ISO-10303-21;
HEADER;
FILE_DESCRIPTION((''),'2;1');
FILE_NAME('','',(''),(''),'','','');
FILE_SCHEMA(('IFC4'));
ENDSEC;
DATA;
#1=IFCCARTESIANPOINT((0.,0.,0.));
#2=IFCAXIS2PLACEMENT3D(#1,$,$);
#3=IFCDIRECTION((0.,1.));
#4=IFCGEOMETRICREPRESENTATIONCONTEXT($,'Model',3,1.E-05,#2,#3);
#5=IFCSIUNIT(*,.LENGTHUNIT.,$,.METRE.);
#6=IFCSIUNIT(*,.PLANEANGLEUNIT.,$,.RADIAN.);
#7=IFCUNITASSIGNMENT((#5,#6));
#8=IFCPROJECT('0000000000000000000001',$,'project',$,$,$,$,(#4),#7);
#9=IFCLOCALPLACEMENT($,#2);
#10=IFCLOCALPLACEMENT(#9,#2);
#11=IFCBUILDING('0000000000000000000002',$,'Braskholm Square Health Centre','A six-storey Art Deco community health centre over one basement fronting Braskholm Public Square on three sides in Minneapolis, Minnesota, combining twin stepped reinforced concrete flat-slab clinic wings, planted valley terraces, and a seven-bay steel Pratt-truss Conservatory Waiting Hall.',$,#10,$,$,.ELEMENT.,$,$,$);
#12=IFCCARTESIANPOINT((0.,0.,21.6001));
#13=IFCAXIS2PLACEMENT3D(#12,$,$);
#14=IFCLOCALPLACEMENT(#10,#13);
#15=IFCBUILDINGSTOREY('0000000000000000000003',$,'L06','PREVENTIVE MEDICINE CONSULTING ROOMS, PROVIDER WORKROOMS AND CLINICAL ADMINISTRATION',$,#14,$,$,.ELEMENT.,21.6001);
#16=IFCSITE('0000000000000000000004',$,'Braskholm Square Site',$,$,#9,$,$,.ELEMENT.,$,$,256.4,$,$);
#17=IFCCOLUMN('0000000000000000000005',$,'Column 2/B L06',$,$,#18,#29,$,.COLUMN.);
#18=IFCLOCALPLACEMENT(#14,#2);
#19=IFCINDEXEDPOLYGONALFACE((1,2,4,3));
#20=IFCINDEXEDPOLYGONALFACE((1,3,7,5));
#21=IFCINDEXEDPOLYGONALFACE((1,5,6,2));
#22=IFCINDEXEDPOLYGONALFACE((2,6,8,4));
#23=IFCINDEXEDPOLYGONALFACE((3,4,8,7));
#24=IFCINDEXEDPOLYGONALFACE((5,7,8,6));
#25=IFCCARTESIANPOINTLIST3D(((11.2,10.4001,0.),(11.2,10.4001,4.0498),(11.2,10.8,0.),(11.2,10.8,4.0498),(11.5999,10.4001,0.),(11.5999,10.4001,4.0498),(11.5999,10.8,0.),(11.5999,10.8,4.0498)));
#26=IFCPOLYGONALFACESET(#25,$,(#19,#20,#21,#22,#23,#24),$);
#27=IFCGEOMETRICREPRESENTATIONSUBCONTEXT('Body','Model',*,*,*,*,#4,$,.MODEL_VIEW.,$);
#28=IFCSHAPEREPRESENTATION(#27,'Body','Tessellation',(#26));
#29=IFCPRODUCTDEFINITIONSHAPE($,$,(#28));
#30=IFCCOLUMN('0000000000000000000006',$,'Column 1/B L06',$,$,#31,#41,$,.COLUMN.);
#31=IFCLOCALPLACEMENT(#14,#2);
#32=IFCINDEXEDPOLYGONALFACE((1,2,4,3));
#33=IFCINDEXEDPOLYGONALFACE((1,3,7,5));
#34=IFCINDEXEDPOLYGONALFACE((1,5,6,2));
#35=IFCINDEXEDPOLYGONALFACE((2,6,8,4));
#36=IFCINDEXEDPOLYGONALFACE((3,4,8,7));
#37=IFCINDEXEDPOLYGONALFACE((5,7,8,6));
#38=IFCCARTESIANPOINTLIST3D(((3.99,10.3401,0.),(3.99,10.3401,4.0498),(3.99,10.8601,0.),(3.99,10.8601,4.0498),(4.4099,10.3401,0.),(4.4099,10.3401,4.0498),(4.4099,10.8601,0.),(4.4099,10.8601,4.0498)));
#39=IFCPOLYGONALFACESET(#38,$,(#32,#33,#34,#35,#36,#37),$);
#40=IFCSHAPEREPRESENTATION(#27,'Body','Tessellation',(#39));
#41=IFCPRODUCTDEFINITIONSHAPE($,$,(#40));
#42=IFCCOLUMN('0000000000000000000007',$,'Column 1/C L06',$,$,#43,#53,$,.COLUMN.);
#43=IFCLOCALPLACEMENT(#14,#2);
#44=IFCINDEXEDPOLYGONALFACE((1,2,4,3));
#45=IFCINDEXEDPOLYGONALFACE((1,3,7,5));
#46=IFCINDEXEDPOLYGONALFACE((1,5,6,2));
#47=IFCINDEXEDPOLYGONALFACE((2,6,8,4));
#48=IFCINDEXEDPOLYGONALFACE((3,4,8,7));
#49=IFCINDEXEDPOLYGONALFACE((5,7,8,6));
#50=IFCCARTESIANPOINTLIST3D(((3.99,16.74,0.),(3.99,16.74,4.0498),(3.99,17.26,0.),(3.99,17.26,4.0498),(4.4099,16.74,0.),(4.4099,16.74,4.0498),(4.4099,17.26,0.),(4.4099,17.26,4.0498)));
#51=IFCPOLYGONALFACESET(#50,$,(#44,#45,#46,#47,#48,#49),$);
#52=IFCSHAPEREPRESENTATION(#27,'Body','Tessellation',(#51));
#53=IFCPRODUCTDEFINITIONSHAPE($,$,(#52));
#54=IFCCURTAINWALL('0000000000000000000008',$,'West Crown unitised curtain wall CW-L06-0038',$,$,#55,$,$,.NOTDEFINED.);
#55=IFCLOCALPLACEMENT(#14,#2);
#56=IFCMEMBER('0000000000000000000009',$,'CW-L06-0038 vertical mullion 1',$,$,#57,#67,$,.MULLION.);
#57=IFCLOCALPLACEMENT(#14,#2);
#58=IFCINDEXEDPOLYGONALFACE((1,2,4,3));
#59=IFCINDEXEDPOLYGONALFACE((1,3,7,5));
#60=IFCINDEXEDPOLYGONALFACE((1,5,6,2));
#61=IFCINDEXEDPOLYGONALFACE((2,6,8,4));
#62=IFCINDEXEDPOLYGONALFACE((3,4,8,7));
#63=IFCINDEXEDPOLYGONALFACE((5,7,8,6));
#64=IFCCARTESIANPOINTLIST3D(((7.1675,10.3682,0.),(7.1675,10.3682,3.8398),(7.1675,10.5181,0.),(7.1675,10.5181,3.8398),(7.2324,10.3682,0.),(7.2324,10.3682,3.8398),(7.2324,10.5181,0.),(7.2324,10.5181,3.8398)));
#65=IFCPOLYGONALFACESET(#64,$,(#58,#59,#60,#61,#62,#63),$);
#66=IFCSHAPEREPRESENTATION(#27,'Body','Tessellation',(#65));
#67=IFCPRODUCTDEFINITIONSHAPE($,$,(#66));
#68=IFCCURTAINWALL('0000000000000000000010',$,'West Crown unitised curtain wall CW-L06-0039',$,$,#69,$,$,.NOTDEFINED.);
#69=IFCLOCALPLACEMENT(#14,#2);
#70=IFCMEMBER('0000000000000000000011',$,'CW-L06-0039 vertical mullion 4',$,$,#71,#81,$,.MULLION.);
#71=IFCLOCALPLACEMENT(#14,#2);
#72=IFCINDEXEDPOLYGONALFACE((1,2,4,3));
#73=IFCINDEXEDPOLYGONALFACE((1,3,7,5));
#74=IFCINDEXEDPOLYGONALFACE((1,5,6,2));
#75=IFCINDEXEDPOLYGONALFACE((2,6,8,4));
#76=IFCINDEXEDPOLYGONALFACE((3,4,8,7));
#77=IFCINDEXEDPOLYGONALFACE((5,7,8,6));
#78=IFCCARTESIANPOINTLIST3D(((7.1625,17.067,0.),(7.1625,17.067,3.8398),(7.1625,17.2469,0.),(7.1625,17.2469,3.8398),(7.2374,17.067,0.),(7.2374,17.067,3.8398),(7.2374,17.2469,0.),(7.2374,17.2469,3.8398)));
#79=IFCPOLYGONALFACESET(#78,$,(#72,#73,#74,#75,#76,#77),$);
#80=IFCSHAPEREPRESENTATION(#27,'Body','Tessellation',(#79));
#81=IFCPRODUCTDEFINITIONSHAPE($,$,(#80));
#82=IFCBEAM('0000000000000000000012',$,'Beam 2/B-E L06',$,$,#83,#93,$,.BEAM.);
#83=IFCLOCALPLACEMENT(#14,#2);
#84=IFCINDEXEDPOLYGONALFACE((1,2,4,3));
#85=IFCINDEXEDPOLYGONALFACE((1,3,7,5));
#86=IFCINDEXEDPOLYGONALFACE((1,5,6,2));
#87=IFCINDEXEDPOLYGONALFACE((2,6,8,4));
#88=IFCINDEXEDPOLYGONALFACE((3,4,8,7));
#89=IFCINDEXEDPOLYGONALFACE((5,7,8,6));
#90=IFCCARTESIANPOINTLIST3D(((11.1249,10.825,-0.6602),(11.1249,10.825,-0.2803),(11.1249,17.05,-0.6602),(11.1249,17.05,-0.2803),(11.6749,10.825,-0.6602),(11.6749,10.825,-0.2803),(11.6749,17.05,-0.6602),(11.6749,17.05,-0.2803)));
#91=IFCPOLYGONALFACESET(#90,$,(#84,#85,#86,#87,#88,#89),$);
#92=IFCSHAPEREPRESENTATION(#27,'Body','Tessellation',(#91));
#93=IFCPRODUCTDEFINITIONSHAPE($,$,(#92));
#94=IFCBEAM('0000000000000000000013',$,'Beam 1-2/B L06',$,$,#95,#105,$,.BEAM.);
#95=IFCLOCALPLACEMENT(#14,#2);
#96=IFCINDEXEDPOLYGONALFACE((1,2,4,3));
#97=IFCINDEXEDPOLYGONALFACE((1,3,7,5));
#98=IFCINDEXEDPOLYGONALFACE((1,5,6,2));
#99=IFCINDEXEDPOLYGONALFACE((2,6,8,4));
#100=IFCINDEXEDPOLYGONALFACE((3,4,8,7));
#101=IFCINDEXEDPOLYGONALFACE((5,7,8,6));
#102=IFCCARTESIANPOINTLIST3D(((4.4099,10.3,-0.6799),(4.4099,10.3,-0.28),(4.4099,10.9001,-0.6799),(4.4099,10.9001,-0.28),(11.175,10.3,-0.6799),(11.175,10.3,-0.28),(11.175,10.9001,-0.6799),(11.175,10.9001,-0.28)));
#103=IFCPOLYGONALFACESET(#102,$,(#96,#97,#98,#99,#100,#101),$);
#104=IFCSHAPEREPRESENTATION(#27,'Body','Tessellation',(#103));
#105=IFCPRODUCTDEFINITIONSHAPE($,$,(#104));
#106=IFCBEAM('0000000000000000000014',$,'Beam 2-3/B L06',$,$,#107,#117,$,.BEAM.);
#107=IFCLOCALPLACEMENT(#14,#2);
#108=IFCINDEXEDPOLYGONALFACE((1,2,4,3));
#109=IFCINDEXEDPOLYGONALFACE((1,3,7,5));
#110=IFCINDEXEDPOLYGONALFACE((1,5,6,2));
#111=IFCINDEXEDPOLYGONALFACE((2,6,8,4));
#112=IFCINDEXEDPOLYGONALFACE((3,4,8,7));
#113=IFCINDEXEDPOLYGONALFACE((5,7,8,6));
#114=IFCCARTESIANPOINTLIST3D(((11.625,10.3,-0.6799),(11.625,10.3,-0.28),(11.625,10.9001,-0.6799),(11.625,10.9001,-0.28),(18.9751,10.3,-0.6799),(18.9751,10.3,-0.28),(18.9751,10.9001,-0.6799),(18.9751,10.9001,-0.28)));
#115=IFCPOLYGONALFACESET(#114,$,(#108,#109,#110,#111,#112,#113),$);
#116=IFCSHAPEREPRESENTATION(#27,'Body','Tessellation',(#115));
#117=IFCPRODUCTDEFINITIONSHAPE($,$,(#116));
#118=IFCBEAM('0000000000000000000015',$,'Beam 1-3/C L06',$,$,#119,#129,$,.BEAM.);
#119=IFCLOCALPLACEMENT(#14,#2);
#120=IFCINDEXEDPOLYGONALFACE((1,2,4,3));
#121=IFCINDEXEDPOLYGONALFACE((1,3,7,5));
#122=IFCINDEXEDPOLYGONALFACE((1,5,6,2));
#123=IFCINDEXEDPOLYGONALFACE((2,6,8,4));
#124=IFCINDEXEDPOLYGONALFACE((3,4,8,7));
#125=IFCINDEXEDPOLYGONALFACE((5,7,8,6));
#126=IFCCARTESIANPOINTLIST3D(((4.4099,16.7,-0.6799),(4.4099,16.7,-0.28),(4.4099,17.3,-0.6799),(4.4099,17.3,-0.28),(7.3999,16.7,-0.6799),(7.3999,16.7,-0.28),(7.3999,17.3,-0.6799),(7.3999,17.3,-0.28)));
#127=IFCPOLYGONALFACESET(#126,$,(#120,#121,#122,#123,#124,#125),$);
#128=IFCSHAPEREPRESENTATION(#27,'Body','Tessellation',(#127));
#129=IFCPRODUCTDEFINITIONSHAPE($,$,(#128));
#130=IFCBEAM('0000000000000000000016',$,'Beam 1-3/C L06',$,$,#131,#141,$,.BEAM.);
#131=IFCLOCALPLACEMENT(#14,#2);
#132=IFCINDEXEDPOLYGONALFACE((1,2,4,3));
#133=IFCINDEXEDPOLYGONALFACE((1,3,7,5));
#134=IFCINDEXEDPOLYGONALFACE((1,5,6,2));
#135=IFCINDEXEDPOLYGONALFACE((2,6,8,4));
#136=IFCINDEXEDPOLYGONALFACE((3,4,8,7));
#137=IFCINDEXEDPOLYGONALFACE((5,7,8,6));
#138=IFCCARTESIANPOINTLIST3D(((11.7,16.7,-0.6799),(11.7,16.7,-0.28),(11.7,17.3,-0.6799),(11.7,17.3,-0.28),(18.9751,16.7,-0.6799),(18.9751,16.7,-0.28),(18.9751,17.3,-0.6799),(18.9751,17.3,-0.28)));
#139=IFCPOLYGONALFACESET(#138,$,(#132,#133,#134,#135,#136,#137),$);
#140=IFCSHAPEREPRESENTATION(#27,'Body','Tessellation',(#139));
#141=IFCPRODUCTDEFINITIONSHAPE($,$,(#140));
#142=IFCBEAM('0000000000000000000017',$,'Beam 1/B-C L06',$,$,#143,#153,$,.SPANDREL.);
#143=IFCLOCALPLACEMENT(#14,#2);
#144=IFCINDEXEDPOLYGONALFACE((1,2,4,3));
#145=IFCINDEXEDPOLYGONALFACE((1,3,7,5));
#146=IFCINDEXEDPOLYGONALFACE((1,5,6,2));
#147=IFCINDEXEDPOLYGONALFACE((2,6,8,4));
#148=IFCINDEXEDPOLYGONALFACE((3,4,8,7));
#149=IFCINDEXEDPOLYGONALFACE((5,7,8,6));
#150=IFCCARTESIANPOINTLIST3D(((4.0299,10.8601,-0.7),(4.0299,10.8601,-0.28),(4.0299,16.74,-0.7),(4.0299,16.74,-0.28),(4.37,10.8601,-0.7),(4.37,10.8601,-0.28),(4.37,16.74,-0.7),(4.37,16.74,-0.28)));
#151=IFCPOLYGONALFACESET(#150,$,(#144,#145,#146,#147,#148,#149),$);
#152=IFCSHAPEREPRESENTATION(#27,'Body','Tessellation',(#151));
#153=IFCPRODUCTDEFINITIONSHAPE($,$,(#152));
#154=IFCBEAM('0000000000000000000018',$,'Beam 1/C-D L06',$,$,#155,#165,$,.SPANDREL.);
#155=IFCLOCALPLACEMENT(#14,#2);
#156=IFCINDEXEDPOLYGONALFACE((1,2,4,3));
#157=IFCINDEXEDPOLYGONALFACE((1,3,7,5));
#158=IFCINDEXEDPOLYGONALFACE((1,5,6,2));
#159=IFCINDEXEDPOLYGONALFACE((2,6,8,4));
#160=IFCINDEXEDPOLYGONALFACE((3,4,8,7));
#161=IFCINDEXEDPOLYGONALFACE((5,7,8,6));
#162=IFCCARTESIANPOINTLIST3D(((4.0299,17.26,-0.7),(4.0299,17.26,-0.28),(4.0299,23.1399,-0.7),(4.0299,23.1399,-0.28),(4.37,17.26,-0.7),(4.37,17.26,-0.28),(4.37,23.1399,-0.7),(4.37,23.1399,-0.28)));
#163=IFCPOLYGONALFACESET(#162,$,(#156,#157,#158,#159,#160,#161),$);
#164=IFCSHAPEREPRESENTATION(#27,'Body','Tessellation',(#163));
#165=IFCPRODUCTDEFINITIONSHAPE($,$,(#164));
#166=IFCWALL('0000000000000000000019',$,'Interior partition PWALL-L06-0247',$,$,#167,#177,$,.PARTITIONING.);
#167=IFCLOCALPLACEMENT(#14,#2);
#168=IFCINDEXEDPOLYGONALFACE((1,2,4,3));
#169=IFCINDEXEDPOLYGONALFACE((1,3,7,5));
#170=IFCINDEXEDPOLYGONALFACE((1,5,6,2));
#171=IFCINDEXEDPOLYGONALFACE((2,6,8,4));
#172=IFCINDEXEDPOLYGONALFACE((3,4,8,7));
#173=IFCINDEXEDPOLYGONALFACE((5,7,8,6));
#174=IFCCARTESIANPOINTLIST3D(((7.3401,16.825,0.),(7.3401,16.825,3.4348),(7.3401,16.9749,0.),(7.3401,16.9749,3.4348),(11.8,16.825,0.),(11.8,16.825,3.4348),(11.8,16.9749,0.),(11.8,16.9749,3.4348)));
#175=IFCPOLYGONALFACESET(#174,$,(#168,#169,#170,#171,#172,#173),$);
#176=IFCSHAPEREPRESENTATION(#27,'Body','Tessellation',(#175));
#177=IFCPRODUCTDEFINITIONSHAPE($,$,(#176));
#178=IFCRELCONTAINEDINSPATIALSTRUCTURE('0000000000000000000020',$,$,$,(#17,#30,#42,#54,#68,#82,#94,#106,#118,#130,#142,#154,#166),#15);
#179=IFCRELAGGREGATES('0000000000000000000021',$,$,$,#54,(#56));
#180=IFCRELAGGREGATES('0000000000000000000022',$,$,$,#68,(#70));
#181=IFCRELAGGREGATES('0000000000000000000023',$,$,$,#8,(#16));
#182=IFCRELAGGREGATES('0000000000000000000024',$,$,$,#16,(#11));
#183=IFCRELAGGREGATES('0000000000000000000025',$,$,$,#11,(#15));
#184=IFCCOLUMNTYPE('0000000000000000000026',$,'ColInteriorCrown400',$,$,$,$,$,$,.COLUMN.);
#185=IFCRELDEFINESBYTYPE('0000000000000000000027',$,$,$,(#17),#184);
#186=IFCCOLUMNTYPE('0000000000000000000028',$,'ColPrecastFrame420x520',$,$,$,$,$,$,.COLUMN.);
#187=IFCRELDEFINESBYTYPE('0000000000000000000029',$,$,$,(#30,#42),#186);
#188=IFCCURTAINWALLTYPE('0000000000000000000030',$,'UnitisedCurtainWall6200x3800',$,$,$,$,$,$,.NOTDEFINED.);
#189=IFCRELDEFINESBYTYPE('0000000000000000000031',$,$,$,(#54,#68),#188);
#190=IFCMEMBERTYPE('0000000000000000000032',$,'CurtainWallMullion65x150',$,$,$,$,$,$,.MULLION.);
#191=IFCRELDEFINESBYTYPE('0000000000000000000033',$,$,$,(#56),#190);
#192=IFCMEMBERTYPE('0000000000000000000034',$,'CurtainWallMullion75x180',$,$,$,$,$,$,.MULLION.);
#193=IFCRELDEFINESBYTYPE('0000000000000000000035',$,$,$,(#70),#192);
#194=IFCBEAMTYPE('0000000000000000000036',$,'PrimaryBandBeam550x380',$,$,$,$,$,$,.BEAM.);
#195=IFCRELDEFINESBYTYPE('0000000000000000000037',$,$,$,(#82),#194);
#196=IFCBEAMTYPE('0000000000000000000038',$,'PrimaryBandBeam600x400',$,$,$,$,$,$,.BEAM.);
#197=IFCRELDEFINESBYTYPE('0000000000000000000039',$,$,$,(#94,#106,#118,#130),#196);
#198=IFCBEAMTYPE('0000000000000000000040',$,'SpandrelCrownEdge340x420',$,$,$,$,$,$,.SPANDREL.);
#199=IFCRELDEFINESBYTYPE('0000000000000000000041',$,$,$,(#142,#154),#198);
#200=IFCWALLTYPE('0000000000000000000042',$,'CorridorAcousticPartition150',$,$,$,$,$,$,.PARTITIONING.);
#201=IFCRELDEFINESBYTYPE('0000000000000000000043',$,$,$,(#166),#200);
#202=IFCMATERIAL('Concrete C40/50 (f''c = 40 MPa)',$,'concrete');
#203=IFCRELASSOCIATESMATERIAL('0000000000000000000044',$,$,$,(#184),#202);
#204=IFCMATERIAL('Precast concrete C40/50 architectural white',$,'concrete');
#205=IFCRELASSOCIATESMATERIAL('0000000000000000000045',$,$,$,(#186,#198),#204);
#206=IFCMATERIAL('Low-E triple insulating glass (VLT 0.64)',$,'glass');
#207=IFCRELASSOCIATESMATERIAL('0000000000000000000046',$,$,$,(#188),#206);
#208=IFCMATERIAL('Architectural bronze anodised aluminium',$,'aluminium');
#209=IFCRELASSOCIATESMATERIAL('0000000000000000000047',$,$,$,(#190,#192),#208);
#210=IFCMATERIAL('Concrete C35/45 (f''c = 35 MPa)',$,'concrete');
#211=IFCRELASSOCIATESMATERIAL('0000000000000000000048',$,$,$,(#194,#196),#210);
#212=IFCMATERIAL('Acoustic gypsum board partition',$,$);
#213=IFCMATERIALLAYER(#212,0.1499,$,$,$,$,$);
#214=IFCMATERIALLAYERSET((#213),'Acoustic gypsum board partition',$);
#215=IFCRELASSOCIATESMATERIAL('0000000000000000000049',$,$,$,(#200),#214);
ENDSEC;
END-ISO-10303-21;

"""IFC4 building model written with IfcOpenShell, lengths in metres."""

from ifc_helpers import new_model, si_unit, direction, frame, frame_2d, origin, origin_2d, place, context, subcontext, project, spatial, rectangle, extrude, material, layer, layer_set, material_profile, profile_set, type_object, element, aggregate, save


model = new_model("IFC4")

# Units and contexts
model_context = context("Model", 3, precision=1e-05, world=origin(), true_north=direction((0.0, 1.0)))
body_context = subcontext(model_context, "Body", "Model", "MODEL_VIEW")
ifc_project = project(units=[si_unit("LENGTHUNIT", "METRE"), si_unit("PLANEANGLEUNIT", "RADIAN")], contexts=[model_context])

# Site, building, storey
site_placement = place(None, origin())
site = spatial("IfcSite", under=ifc_project, at=site_placement, Name="Braskholm Square Site", CompositionType="ELEMENT", RefElevation=256.4)
building_placement = place(site_placement, origin())
building = spatial("IfcBuilding", under=site, at=building_placement, Name="Braskholm Square Health Centre", Description="A six-storey Art Deco community health centre over one basement fronting Braskholm Public Square on three sides in Minneapolis, Minnesota, combining twin stepped reinforced concrete flat-slab clinic wings, planted valley terraces, and a seven-bay steel Pratt-truss Conservatory Waiting Hall.", CompositionType="ELEMENT")
storey_placement = place(building_placement, frame((0.0, 0.0, 21.6001)))
storey = spatial("IfcBuildingStorey", under=building, at=storey_placement, Name="L06", Description="PREVENTIVE MEDICINE CONSULTING ROOMS, PROVIDER WORKROOMS AND CLINICAL ADMINISTRATION", CompositionType="ELEMENT", Elevation=21.6001)

# Columns
ifc_material_1 = material(Name="Concrete C40/50 (f'c = 40 MPa)", Category="concrete")
ifc_material_profile_1 = material_profile(ifc_material_1, rectangle(XDim=0.3999, YDim=0.3999, at=origin_2d()), Name="RC-400X400")
ifc_profile_set_1 = profile_set([ifc_material_profile_1], Name="Concrete C40/50 (f'c = 40 MPa)")
column_type_1 = type_object("IfcColumnType", Name="ColInteriorCrown400", PredefinedType="COLUMN", material=ifc_profile_set_1)
column_placement = place(storey_placement, frame((11.3999, 10.6001, 0.0), z_axis=(0.0, 0.0, 1.0), x_axis=(1.0, 0.0, 0.0)))
element("IfcColumn", 1, at=column_placement, inside=storey, type_object=column_type_1, Name="Column 2/B L06", PredefinedType="COLUMN", context=body_context, shape_type="SweptSolid", body=[
    extrude(rectangle(XDim=0.3999, YDim=0.3999, at=origin_2d()), origin(), (0.0, 0.0, 1.0), 4.0498),
])
ifc_material_2 = material(Name="Precast concrete C40/50 architectural white", Category="concrete")
ifc_material_profile_2 = material_profile(ifc_material_2, rectangle(XDim=0.4199, YDim=0.52, at=origin_2d()), Name="RC-420X520")
ifc_profile_set_2 = profile_set([ifc_material_profile_2], Name="Precast concrete C40/50 architectural white")
column_type_2 = type_object("IfcColumnType", Name="ColPrecastFrame420x520", PredefinedType="COLUMN", material=ifc_profile_set_2)
for number, where, z_axis, x_axis, name in (
    (2, (4.2, 10.6001, 0.0), (0.0, 0.0, 1.0), (1.0, 0.0, 0.0), "Column 1/B L06"),
    (3, (4.2, 17.0, 0.0), (0.0, 0.0, 1.0), (1.0, 0.0, 0.0), "Column 1/C L06"),
):
    element("IfcColumn", number, at=place(storey_placement, frame(where, z_axis=z_axis, x_axis=x_axis)), inside=storey, type_object=column_type_2, Name=name, PredefinedType="COLUMN", context=body_context, shape_type="SweptSolid", body=[
        extrude(rectangle(XDim=0.4199, YDim=0.52, at=origin_2d()), origin(), (0.0, 0.0, 1.0), 4.0498),
    ])

# Curtain walls, members
ifc_material_3 = material(Name="Low-E triple insulating glass (VLT 0.64)", Category="glass")
curtain_wall_type = type_object("IfcCurtainWallType", Name="UnitisedCurtainWall6200x3800", PredefinedType="NOTDEFINED", material=ifc_material_3)
curtain_wall_1_placement = place(storey_placement, origin())
curtain_wall_1 = element("IfcCurtainWall", 4, at=curtain_wall_1_placement, inside=storey, type_object=curtain_wall_type, Name="West Crown unitised curtain wall CW-L06-0038", PredefinedType="NOTDEFINED")
ifc_material_4 = material(Name="Architectural bronze anodised aluminium", Category="aluminium")
ifc_material_profile_3 = material_profile(ifc_material_4, rectangle(XDim=0.0649, YDim=0.1499, at=origin_2d()), Name="ALU-65X150")
ifc_profile_set_3 = profile_set([ifc_material_profile_3], Name="Architectural bronze anodised aluminium")
member_type_1 = type_object("IfcMemberType", Name="CurtainWallMullion65x150", PredefinedType="MULLION", material=ifc_profile_set_3)
member_1_placement = place(storey_placement, frame((7.2, 10.4431, 0.0), z_axis=(0.0, 0.0, 1.0), x_axis=(1.0, 0.0, 0.0)))
member_1 = element("IfcMember", 5, at=member_1_placement, type_object=member_type_1, Name="CW-L06-0038 vertical mullion 1", PredefinedType="MULLION", context=body_context, shape_type="SweptSolid", body=[
    extrude(rectangle(XDim=0.0649, YDim=0.1499, at=origin_2d()), origin(), (0.0, 0.0, 1.0), 3.8398),
])
aggregate(curtain_wall_1, [member_1])
curtain_wall_2_placement = place(storey_placement, origin())
curtain_wall_2 = element("IfcCurtainWall", 6, at=curtain_wall_2_placement, inside=storey, type_object=curtain_wall_type, Name="West Crown unitised curtain wall CW-L06-0039", PredefinedType="NOTDEFINED")
ifc_material_profile_4 = material_profile(ifc_material_4, rectangle(XDim=0.075, YDim=0.1799, at=origin_2d()), Name="ALU-75X180")
ifc_profile_set_4 = profile_set([ifc_material_profile_4], Name="Architectural bronze anodised aluminium")
member_type_2 = type_object("IfcMemberType", Name="CurtainWallMullion75x180", PredefinedType="MULLION", material=ifc_profile_set_4)
member_2_placement = place(storey_placement, frame((7.2, 17.157, 0.0), z_axis=(0.0, 0.0, 1.0), x_axis=(1.0, 0.0, 0.0)))
member_2 = element("IfcMember", 7, at=member_2_placement, type_object=member_type_2, Name="CW-L06-0039 vertical mullion 4", PredefinedType="MULLION", context=body_context, shape_type="SweptSolid", body=[
    extrude(rectangle(XDim=0.075, YDim=0.1799, at=origin_2d()), origin(), (0.0, 0.0, 1.0), 3.8398),
])
aggregate(curtain_wall_2, [member_2])

# Beams
ifc_material_5 = material(Name="Concrete C35/45 (f'c = 35 MPa)", Category="concrete")
ifc_material_profile_5 = material_profile(ifc_material_5, rectangle(XDim=0.55, YDim=0.3799, at=origin_2d()), Name="RCB-550X380")
ifc_profile_set_5 = profile_set([ifc_material_profile_5], Name="Concrete C35/45 (f'c = 35 MPa)")
beam_type_1 = type_object("IfcBeamType", Name="PrimaryBandBeam550x380", PredefinedType="BEAM", material=ifc_profile_set_5)
beam_1_placement = place(storey_placement, frame((11.3999, 10.825, -0.4702), z_axis=(0.0, 1.0, 0.0), x_axis=(-1.0, 0.0, 0.0)))
element("IfcBeam", 8, at=beam_1_placement, inside=storey, type_object=beam_type_1, Name="Beam 2/B-E L06", PredefinedType="BEAM", context=body_context, shape_type="SweptSolid", body=[
    extrude(rectangle(XDim=0.55, YDim=0.3799, at=origin_2d()), origin(), (0.0, 0.0, 1.0), 6.2251),
])
ifc_material_profile_6 = material_profile(ifc_material_5, rectangle(XDim=0.6001, YDim=0.3999, at=origin_2d()), Name="RCB-600X400")
ifc_profile_set_6 = profile_set([ifc_material_profile_6], Name="Concrete C35/45 (f'c = 35 MPa)")
beam_type_2 = type_object("IfcBeamType", Name="PrimaryBandBeam600x400", PredefinedType="BEAM", material=ifc_profile_set_6)
beam_2_placement = place(storey_placement, frame((4.4099, 10.6001, -0.48), z_axis=(1.0, 0.0, 0.0), x_axis=(0.0, 1.0, 0.0)))
element("IfcBeam", 9, at=beam_2_placement, inside=storey, type_object=beam_type_2, Name="Beam 1-2/B L06", PredefinedType="BEAM", context=body_context, shape_type="SweptSolid", body=[
    extrude(rectangle(XDim=0.6001, YDim=0.3999, at=origin_2d()), origin(), (0.0, 0.0, 1.0), 6.7651),
])
beam_3_placement = place(storey_placement, frame((11.625, 10.6001, -0.48), z_axis=(1.0, 0.0, 0.0), x_axis=(0.0, 1.0, 0.0)))
element("IfcBeam", 10, at=beam_3_placement, inside=storey, type_object=beam_type_2, Name="Beam 2-3/B L06", PredefinedType="BEAM", context=body_context, shape_type="SweptSolid", body=[
    extrude(rectangle(XDim=0.6001, YDim=0.3999, at=origin_2d()), origin(), (0.0, 0.0, 1.0), 7.3501),
])
beam_4_placement = place(storey_placement, frame((4.4099, 17.0, -0.48), z_axis=(1.0, 0.0, 0.0), x_axis=(0.0, 1.0, 0.0)))
element("IfcBeam", 11, at=beam_4_placement, inside=storey, type_object=beam_type_2, Name="Beam 1-3/C L06", PredefinedType="BEAM", context=body_context, shape_type="SweptSolid", body=[
    extrude(rectangle(XDim=0.6001, YDim=0.3999, at=origin_2d()), origin(), (0.0, 0.0, 1.0), 2.99),
])
beam_5_placement = place(storey_placement, frame((11.7, 17.0, -0.48), z_axis=(1.0, 0.0, 0.0), x_axis=(0.0, 1.0, 0.0)))
element("IfcBeam", 12, at=beam_5_placement, inside=storey, type_object=beam_type_2, Name="Beam 1-3/C L06", PredefinedType="BEAM", context=body_context, shape_type="SweptSolid", body=[
    extrude(rectangle(XDim=0.6001, YDim=0.3999, at=origin_2d()), origin(), (0.0, 0.0, 1.0), 7.2751),
])
ifc_material_profile_7 = material_profile(ifc_material_2, rectangle(XDim=0.3401, YDim=0.4199, at=origin_2d()), Name="RCB-340X420")
ifc_profile_set_7 = profile_set([ifc_material_profile_7], Name="Precast concrete C40/50 architectural white")
beam_type_3 = type_object("IfcBeamType", Name="SpandrelCrownEdge340x420", PredefinedType="SPANDREL", material=ifc_profile_set_7)
for number, where, z_axis, x_axis, name in (
    (13, (4.2, 10.8601, -0.49), (0.0, 1.0, 0.0), (-1.0, 0.0, 0.0), "Beam 1/B-C L06"),
    (14, (4.2, 17.26, -0.49), (0.0, 1.0, 0.0), (-1.0, 0.0, 0.0), "Beam 1/C-D L06"),
):
    element("IfcBeam", number, at=place(storey_placement, frame(where, z_axis=z_axis, x_axis=x_axis)), inside=storey, type_object=beam_type_3, Name=name, PredefinedType="SPANDREL", context=body_context, shape_type="SweptSolid", body=[
        extrude(rectangle(XDim=0.3401, YDim=0.4199, at=origin_2d()), origin(), (0.0, 0.0, 1.0), 5.8799),
    ])

# Wall
ifc_material_6 = material(Name="Acoustic gypsum board partition")
ifc_layer_1 = layer(ifc_material_6, 0.1499)
ifc_layer_set_1 = layer_set([ifc_layer_1], Name="Acoustic gypsum board partition")
wall_type_1 = type_object("IfcWallType", Name="CorridorAcousticPartition150", PredefinedType="PARTITIONING", material=ifc_layer_set_1)
wall_1_placement = place(storey_placement, frame((7.3401, 16.8999, 0.0), z_axis=(0.0, 0.0, 1.0), x_axis=(1.0, 0.0, 0.0)))
element("IfcWall", 15, at=wall_1_placement, inside=storey, type_object=wall_type_1, Name="Interior partition PWALL-L06-0247", PredefinedType="PARTITIONING", context=body_context, shape_type="SweptSolid", body=[
    extrude(rectangle(XDim=4.46, YDim=0.1499, at=frame_2d((2.23, 0.0))), origin(), (0.0, 0.0, 1.0), 3.4348),
])

save(model, "model.ifc")
